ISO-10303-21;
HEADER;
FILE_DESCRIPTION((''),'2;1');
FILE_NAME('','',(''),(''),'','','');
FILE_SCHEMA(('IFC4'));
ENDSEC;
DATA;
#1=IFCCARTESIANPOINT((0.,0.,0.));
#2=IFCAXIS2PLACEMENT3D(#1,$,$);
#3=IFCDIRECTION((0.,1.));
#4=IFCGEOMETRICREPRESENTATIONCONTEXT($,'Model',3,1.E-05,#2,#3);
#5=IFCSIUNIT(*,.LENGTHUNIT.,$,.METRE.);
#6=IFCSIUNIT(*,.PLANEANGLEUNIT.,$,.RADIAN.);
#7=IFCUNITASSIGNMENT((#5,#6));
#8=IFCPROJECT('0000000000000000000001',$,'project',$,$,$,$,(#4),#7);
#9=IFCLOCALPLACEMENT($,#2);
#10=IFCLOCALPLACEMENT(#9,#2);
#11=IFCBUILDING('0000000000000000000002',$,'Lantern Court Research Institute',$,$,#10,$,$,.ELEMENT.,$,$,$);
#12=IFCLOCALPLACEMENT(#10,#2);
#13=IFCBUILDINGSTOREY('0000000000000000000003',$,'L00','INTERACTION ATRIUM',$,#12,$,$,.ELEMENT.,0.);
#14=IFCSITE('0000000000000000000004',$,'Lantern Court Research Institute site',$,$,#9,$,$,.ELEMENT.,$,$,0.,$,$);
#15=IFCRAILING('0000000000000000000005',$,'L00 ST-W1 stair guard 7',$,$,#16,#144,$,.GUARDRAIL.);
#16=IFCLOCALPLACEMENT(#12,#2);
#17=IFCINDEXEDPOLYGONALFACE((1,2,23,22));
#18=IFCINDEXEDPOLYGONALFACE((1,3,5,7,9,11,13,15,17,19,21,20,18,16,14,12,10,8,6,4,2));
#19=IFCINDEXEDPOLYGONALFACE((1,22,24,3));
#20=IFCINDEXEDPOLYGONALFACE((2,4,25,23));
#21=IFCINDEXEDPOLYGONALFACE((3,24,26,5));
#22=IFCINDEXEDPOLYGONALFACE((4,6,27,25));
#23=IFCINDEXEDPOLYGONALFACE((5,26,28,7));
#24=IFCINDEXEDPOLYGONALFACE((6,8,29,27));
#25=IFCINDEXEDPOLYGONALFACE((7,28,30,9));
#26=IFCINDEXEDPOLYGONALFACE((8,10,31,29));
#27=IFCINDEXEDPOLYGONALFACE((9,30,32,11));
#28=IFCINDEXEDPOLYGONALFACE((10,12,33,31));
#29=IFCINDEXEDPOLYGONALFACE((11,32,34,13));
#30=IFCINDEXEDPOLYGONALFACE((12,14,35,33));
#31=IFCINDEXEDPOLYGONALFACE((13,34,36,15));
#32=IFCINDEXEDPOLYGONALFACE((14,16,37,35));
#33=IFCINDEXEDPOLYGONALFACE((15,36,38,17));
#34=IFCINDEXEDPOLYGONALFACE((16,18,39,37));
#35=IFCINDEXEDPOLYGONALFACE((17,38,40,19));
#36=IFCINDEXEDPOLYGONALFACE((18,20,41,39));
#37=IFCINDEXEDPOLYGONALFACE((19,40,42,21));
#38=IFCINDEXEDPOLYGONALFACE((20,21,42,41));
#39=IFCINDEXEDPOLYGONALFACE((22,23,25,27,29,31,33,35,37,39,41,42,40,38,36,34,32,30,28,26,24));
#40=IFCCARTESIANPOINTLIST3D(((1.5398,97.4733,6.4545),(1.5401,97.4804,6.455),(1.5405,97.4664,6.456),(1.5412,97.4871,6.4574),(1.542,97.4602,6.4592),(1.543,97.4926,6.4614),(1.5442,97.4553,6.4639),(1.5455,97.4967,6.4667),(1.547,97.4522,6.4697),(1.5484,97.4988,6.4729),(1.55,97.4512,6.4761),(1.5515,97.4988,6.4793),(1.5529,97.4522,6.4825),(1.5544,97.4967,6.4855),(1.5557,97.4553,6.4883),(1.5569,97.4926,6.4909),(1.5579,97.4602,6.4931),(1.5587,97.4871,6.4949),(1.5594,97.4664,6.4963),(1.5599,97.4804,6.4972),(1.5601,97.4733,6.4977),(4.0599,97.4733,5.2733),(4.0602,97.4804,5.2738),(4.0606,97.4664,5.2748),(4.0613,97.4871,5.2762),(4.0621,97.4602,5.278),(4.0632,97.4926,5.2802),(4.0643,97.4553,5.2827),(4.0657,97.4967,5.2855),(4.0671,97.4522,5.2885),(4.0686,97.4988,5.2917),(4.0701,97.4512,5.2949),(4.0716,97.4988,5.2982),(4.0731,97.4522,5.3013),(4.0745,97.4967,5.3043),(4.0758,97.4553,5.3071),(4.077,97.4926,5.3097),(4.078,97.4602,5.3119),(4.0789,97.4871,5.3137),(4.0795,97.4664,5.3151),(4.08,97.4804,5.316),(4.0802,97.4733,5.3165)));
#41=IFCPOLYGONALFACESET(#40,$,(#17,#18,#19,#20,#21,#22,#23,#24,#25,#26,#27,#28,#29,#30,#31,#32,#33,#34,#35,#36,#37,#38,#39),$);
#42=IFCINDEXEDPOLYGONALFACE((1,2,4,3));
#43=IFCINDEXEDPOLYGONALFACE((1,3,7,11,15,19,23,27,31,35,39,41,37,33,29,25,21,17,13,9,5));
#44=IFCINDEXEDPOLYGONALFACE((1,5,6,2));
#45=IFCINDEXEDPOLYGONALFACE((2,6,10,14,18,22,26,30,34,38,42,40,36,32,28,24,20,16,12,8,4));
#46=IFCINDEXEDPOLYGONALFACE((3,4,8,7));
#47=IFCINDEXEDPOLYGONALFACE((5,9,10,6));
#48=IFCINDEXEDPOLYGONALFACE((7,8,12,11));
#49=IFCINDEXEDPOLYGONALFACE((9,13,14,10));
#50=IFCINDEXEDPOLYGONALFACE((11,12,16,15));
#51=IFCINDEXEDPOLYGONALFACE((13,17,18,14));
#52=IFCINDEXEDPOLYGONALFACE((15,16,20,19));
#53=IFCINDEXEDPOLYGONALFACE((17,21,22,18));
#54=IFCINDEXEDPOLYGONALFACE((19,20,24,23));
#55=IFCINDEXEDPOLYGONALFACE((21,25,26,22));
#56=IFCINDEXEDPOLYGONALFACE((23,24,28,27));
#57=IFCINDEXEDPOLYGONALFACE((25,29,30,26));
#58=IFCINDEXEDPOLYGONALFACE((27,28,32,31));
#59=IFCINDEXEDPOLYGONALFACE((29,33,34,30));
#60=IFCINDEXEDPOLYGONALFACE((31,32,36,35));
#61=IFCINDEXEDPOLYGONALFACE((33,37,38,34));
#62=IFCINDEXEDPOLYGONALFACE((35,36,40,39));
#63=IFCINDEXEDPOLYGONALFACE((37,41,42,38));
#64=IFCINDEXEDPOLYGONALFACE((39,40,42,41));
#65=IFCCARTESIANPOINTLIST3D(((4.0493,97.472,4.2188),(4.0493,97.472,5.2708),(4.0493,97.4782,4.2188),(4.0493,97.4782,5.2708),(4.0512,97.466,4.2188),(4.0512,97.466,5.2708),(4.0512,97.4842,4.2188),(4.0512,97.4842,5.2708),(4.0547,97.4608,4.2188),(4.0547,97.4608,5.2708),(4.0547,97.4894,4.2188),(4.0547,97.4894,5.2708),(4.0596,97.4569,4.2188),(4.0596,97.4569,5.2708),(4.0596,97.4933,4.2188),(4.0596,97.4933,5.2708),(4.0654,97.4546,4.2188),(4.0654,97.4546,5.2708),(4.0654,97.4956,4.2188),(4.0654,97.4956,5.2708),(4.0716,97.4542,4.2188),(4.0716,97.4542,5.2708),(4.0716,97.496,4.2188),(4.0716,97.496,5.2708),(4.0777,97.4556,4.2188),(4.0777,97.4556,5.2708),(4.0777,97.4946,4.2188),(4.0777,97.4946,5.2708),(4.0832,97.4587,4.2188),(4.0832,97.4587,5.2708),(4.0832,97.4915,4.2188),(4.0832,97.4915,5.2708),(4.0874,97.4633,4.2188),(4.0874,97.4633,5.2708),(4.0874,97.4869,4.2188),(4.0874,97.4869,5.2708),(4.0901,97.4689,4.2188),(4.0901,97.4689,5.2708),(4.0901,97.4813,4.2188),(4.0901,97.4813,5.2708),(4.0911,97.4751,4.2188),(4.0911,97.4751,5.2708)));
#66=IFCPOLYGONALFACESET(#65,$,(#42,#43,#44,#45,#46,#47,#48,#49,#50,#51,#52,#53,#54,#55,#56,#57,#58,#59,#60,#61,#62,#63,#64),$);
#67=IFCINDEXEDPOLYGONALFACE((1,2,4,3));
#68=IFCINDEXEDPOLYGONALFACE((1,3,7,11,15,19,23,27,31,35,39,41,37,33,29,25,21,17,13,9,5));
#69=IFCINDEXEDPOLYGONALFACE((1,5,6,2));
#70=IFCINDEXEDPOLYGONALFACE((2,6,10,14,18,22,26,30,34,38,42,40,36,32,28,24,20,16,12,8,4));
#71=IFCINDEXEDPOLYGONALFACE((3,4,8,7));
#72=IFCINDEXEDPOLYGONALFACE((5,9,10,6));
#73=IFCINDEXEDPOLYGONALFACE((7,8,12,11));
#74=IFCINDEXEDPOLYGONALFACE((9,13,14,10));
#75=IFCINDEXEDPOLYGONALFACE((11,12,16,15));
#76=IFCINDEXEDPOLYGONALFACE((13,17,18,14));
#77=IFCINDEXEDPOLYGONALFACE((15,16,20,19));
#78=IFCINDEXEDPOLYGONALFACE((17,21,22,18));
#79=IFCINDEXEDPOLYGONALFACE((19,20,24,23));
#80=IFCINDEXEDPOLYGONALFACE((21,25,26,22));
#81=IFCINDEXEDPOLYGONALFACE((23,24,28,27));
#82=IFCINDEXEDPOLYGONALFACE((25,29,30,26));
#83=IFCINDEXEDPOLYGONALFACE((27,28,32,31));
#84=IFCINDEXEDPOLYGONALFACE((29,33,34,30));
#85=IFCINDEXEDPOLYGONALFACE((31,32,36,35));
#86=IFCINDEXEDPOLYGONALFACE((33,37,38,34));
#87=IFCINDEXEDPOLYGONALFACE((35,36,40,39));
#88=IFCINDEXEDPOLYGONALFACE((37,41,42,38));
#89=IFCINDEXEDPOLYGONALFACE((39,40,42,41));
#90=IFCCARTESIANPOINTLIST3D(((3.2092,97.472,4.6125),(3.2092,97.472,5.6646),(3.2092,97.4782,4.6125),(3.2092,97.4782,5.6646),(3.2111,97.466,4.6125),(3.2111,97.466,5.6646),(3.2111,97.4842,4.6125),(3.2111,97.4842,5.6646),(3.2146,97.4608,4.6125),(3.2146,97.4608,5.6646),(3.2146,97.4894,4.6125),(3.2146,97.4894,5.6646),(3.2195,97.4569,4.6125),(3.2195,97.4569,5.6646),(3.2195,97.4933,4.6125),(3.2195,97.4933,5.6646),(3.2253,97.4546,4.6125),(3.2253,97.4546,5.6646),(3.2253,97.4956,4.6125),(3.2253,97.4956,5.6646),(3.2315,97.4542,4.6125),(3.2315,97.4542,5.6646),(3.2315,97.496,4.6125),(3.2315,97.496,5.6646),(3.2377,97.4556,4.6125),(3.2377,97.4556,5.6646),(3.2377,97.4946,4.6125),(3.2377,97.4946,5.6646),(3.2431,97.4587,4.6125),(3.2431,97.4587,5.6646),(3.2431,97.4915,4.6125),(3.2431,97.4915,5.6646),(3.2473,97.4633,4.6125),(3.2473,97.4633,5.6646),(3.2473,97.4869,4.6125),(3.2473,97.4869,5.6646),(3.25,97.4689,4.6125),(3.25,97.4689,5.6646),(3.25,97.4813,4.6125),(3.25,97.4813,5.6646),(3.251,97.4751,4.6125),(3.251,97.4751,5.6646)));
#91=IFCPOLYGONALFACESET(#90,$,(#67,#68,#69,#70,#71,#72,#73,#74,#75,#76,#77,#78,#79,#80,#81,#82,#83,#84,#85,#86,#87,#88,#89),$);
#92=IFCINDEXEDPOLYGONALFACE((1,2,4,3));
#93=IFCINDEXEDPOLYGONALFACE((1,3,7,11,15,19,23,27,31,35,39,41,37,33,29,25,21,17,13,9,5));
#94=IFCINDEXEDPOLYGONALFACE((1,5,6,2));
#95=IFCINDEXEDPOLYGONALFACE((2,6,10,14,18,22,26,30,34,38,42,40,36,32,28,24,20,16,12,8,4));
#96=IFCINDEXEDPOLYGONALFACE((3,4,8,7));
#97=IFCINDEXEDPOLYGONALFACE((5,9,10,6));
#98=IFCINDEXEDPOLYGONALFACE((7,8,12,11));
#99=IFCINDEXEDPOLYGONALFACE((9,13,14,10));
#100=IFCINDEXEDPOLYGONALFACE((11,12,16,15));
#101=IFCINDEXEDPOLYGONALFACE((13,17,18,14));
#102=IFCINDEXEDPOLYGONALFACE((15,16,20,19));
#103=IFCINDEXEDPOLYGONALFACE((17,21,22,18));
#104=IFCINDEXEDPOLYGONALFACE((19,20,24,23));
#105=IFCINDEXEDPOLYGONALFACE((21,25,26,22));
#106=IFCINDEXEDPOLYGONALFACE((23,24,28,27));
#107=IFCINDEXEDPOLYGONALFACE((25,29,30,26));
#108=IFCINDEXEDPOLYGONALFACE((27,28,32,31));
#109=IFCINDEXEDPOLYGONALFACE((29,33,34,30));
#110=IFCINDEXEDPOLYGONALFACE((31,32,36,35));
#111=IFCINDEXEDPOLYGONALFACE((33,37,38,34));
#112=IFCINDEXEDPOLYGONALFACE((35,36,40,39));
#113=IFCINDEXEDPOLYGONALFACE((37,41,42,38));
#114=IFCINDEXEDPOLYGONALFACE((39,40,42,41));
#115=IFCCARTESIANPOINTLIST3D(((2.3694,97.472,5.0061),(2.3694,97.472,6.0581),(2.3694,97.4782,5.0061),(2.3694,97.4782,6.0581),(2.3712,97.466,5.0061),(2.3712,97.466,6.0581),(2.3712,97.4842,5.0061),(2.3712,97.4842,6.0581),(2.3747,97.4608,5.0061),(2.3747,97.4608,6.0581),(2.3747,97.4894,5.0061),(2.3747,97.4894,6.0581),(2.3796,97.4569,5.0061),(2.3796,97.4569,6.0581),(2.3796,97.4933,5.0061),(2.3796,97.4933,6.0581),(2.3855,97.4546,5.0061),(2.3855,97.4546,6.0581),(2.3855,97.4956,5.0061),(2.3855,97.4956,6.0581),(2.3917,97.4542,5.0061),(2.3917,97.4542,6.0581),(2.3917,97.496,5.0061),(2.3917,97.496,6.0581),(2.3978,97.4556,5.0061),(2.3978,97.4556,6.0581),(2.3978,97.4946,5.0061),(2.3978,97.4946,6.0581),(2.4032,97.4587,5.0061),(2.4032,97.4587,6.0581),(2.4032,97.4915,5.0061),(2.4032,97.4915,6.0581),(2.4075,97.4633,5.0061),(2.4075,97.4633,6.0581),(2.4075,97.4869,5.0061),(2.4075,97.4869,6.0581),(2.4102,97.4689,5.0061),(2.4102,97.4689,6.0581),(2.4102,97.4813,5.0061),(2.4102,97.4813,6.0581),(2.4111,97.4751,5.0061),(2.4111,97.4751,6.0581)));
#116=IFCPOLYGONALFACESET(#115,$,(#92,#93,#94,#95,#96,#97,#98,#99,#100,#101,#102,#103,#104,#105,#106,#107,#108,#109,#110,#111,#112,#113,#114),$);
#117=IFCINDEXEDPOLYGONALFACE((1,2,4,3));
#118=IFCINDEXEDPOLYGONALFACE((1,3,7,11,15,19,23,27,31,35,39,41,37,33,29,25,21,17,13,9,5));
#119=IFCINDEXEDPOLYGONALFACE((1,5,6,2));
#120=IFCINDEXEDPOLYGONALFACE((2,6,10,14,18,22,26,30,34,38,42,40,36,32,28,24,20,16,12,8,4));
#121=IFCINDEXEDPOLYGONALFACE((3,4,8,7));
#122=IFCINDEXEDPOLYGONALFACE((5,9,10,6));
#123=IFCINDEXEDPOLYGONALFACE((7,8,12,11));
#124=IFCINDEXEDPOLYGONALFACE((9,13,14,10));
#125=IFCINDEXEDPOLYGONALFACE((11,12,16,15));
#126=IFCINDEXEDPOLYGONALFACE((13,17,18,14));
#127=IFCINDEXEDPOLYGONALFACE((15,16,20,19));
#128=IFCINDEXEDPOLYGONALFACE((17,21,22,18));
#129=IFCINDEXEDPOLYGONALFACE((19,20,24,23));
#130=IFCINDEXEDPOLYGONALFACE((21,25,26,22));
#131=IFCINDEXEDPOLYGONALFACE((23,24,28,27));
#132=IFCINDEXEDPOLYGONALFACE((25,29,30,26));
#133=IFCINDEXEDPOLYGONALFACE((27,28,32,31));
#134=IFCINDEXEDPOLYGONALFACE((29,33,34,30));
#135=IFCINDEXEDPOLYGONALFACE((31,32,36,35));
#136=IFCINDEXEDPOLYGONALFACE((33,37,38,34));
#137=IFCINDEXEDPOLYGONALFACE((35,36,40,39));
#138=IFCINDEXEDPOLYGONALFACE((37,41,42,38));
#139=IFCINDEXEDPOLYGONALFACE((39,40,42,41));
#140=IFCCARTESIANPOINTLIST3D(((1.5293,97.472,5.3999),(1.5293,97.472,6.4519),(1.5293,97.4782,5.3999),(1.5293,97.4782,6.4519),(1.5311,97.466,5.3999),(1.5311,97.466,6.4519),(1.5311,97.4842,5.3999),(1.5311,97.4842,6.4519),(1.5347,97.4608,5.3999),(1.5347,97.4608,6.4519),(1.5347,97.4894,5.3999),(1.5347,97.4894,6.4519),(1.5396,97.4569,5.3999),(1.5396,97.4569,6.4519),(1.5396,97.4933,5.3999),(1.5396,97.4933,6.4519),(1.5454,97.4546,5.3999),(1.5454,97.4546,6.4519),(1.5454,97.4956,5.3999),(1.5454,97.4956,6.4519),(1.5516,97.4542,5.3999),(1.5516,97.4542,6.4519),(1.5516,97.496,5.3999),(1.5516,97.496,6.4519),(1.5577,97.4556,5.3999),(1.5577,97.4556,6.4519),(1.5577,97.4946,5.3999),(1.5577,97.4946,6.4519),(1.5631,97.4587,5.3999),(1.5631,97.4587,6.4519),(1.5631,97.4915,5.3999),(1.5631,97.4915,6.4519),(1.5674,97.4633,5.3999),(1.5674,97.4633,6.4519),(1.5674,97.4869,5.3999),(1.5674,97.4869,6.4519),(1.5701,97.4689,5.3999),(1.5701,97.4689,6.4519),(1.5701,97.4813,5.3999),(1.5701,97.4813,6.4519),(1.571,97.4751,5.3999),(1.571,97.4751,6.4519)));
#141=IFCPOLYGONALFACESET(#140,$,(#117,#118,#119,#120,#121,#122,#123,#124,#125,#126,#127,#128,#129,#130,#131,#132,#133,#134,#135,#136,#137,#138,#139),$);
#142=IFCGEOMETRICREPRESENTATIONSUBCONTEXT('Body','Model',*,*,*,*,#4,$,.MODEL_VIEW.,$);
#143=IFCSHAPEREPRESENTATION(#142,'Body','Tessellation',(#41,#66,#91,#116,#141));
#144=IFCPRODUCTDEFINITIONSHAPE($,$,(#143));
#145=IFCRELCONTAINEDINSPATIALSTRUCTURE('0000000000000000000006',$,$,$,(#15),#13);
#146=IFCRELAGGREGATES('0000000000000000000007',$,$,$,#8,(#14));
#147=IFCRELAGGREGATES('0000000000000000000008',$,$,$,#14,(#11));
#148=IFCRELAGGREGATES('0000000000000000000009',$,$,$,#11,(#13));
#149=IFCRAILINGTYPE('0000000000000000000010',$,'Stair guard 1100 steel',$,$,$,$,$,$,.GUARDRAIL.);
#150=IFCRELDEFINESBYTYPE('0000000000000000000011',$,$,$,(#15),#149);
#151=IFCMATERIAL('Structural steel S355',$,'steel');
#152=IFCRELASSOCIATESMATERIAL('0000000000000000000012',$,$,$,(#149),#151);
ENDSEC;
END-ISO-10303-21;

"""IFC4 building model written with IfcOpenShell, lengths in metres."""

from ifc_helpers import new_model, si_unit, direction, frame, origin, origin_2d, place, context, subcontext, project, spatial, circle, extrude, material, type_object, element, save


model = new_model("IFC4")

# Units and contexts
model_context = context("Model", 3, precision=1e-05, world=origin(), true_north=direction((0.0, 1.0)))
body_context = subcontext(model_context, "Body", "Model", "MODEL_VIEW")
ifc_project = project(units=[si_unit("LENGTHUNIT", "METRE"), si_unit("PLANEANGLEUNIT", "RADIAN")], contexts=[model_context])

# Site, building, storey
site_placement = place(None, origin())
site = spatial("IfcSite", under=ifc_project, at=site_placement, Name="Lantern Court Research Institute site", CompositionType="ELEMENT", RefElevation=0.0)
building_placement = place(site_placement, origin())
building = spatial("IfcBuilding", under=site, at=building_placement, Name="Lantern Court Research Institute", CompositionType="ELEMENT")
storey_placement = place(building_placement, origin())
storey = spatial("IfcBuildingStorey", under=building, at=storey_placement, Name="L00", Description="INTERACTION ATRIUM", CompositionType="ELEMENT", Elevation=0.0)

# Railing
ifc_material_1 = material(Name="Structural steel S355", Category="steel")
railing_type_1 = type_object("IfcRailingType", Name="Stair guard 1100 steel", PredefinedType="GUARDRAIL", material=ifc_material_1)
railing_1_placement = place(storey_placement, frame((4.0701, 97.4751, 4.2188)))
element("IfcRailing", 1, at=railing_1_placement, inside=storey, type_object=railing_type_1, Name="L00 ST-W1 stair guard 7", PredefinedType="GUARDRAIL", context=body_context, shape_type="SweptSolid", body=[
    extrude(circle(Radius=0.0239, at=origin_2d()), frame((0.0, 0.0, 1.0762), z_axis=(-0.905474, 0.0, 0.424402), x_axis=(0.0, -1.0, 0.0)), (0.0, 0.0, 1.0), 2.7832),
    extrude(circle(Radius=0.021, at=origin_2d()), origin(), (0.0, 0.0, 1.0), 1.052),
    extrude(circle(Radius=0.021, at=origin_2d()), frame((-0.8401, 0.0, 0.3938)), (0.0, 0.0, 1.0), 1.052),
    extrude(circle(Radius=0.021, at=origin_2d()), frame((-1.6799, 0.0, 0.7874)), (0.0, 0.0, 1.0), 1.052),
    extrude(circle(Radius=0.021, at=origin_2d()), frame((-2.52, 0.0, 1.1812)), (0.0, 0.0, 1.0), 1.052),
])

save(model, "model.ifc")
